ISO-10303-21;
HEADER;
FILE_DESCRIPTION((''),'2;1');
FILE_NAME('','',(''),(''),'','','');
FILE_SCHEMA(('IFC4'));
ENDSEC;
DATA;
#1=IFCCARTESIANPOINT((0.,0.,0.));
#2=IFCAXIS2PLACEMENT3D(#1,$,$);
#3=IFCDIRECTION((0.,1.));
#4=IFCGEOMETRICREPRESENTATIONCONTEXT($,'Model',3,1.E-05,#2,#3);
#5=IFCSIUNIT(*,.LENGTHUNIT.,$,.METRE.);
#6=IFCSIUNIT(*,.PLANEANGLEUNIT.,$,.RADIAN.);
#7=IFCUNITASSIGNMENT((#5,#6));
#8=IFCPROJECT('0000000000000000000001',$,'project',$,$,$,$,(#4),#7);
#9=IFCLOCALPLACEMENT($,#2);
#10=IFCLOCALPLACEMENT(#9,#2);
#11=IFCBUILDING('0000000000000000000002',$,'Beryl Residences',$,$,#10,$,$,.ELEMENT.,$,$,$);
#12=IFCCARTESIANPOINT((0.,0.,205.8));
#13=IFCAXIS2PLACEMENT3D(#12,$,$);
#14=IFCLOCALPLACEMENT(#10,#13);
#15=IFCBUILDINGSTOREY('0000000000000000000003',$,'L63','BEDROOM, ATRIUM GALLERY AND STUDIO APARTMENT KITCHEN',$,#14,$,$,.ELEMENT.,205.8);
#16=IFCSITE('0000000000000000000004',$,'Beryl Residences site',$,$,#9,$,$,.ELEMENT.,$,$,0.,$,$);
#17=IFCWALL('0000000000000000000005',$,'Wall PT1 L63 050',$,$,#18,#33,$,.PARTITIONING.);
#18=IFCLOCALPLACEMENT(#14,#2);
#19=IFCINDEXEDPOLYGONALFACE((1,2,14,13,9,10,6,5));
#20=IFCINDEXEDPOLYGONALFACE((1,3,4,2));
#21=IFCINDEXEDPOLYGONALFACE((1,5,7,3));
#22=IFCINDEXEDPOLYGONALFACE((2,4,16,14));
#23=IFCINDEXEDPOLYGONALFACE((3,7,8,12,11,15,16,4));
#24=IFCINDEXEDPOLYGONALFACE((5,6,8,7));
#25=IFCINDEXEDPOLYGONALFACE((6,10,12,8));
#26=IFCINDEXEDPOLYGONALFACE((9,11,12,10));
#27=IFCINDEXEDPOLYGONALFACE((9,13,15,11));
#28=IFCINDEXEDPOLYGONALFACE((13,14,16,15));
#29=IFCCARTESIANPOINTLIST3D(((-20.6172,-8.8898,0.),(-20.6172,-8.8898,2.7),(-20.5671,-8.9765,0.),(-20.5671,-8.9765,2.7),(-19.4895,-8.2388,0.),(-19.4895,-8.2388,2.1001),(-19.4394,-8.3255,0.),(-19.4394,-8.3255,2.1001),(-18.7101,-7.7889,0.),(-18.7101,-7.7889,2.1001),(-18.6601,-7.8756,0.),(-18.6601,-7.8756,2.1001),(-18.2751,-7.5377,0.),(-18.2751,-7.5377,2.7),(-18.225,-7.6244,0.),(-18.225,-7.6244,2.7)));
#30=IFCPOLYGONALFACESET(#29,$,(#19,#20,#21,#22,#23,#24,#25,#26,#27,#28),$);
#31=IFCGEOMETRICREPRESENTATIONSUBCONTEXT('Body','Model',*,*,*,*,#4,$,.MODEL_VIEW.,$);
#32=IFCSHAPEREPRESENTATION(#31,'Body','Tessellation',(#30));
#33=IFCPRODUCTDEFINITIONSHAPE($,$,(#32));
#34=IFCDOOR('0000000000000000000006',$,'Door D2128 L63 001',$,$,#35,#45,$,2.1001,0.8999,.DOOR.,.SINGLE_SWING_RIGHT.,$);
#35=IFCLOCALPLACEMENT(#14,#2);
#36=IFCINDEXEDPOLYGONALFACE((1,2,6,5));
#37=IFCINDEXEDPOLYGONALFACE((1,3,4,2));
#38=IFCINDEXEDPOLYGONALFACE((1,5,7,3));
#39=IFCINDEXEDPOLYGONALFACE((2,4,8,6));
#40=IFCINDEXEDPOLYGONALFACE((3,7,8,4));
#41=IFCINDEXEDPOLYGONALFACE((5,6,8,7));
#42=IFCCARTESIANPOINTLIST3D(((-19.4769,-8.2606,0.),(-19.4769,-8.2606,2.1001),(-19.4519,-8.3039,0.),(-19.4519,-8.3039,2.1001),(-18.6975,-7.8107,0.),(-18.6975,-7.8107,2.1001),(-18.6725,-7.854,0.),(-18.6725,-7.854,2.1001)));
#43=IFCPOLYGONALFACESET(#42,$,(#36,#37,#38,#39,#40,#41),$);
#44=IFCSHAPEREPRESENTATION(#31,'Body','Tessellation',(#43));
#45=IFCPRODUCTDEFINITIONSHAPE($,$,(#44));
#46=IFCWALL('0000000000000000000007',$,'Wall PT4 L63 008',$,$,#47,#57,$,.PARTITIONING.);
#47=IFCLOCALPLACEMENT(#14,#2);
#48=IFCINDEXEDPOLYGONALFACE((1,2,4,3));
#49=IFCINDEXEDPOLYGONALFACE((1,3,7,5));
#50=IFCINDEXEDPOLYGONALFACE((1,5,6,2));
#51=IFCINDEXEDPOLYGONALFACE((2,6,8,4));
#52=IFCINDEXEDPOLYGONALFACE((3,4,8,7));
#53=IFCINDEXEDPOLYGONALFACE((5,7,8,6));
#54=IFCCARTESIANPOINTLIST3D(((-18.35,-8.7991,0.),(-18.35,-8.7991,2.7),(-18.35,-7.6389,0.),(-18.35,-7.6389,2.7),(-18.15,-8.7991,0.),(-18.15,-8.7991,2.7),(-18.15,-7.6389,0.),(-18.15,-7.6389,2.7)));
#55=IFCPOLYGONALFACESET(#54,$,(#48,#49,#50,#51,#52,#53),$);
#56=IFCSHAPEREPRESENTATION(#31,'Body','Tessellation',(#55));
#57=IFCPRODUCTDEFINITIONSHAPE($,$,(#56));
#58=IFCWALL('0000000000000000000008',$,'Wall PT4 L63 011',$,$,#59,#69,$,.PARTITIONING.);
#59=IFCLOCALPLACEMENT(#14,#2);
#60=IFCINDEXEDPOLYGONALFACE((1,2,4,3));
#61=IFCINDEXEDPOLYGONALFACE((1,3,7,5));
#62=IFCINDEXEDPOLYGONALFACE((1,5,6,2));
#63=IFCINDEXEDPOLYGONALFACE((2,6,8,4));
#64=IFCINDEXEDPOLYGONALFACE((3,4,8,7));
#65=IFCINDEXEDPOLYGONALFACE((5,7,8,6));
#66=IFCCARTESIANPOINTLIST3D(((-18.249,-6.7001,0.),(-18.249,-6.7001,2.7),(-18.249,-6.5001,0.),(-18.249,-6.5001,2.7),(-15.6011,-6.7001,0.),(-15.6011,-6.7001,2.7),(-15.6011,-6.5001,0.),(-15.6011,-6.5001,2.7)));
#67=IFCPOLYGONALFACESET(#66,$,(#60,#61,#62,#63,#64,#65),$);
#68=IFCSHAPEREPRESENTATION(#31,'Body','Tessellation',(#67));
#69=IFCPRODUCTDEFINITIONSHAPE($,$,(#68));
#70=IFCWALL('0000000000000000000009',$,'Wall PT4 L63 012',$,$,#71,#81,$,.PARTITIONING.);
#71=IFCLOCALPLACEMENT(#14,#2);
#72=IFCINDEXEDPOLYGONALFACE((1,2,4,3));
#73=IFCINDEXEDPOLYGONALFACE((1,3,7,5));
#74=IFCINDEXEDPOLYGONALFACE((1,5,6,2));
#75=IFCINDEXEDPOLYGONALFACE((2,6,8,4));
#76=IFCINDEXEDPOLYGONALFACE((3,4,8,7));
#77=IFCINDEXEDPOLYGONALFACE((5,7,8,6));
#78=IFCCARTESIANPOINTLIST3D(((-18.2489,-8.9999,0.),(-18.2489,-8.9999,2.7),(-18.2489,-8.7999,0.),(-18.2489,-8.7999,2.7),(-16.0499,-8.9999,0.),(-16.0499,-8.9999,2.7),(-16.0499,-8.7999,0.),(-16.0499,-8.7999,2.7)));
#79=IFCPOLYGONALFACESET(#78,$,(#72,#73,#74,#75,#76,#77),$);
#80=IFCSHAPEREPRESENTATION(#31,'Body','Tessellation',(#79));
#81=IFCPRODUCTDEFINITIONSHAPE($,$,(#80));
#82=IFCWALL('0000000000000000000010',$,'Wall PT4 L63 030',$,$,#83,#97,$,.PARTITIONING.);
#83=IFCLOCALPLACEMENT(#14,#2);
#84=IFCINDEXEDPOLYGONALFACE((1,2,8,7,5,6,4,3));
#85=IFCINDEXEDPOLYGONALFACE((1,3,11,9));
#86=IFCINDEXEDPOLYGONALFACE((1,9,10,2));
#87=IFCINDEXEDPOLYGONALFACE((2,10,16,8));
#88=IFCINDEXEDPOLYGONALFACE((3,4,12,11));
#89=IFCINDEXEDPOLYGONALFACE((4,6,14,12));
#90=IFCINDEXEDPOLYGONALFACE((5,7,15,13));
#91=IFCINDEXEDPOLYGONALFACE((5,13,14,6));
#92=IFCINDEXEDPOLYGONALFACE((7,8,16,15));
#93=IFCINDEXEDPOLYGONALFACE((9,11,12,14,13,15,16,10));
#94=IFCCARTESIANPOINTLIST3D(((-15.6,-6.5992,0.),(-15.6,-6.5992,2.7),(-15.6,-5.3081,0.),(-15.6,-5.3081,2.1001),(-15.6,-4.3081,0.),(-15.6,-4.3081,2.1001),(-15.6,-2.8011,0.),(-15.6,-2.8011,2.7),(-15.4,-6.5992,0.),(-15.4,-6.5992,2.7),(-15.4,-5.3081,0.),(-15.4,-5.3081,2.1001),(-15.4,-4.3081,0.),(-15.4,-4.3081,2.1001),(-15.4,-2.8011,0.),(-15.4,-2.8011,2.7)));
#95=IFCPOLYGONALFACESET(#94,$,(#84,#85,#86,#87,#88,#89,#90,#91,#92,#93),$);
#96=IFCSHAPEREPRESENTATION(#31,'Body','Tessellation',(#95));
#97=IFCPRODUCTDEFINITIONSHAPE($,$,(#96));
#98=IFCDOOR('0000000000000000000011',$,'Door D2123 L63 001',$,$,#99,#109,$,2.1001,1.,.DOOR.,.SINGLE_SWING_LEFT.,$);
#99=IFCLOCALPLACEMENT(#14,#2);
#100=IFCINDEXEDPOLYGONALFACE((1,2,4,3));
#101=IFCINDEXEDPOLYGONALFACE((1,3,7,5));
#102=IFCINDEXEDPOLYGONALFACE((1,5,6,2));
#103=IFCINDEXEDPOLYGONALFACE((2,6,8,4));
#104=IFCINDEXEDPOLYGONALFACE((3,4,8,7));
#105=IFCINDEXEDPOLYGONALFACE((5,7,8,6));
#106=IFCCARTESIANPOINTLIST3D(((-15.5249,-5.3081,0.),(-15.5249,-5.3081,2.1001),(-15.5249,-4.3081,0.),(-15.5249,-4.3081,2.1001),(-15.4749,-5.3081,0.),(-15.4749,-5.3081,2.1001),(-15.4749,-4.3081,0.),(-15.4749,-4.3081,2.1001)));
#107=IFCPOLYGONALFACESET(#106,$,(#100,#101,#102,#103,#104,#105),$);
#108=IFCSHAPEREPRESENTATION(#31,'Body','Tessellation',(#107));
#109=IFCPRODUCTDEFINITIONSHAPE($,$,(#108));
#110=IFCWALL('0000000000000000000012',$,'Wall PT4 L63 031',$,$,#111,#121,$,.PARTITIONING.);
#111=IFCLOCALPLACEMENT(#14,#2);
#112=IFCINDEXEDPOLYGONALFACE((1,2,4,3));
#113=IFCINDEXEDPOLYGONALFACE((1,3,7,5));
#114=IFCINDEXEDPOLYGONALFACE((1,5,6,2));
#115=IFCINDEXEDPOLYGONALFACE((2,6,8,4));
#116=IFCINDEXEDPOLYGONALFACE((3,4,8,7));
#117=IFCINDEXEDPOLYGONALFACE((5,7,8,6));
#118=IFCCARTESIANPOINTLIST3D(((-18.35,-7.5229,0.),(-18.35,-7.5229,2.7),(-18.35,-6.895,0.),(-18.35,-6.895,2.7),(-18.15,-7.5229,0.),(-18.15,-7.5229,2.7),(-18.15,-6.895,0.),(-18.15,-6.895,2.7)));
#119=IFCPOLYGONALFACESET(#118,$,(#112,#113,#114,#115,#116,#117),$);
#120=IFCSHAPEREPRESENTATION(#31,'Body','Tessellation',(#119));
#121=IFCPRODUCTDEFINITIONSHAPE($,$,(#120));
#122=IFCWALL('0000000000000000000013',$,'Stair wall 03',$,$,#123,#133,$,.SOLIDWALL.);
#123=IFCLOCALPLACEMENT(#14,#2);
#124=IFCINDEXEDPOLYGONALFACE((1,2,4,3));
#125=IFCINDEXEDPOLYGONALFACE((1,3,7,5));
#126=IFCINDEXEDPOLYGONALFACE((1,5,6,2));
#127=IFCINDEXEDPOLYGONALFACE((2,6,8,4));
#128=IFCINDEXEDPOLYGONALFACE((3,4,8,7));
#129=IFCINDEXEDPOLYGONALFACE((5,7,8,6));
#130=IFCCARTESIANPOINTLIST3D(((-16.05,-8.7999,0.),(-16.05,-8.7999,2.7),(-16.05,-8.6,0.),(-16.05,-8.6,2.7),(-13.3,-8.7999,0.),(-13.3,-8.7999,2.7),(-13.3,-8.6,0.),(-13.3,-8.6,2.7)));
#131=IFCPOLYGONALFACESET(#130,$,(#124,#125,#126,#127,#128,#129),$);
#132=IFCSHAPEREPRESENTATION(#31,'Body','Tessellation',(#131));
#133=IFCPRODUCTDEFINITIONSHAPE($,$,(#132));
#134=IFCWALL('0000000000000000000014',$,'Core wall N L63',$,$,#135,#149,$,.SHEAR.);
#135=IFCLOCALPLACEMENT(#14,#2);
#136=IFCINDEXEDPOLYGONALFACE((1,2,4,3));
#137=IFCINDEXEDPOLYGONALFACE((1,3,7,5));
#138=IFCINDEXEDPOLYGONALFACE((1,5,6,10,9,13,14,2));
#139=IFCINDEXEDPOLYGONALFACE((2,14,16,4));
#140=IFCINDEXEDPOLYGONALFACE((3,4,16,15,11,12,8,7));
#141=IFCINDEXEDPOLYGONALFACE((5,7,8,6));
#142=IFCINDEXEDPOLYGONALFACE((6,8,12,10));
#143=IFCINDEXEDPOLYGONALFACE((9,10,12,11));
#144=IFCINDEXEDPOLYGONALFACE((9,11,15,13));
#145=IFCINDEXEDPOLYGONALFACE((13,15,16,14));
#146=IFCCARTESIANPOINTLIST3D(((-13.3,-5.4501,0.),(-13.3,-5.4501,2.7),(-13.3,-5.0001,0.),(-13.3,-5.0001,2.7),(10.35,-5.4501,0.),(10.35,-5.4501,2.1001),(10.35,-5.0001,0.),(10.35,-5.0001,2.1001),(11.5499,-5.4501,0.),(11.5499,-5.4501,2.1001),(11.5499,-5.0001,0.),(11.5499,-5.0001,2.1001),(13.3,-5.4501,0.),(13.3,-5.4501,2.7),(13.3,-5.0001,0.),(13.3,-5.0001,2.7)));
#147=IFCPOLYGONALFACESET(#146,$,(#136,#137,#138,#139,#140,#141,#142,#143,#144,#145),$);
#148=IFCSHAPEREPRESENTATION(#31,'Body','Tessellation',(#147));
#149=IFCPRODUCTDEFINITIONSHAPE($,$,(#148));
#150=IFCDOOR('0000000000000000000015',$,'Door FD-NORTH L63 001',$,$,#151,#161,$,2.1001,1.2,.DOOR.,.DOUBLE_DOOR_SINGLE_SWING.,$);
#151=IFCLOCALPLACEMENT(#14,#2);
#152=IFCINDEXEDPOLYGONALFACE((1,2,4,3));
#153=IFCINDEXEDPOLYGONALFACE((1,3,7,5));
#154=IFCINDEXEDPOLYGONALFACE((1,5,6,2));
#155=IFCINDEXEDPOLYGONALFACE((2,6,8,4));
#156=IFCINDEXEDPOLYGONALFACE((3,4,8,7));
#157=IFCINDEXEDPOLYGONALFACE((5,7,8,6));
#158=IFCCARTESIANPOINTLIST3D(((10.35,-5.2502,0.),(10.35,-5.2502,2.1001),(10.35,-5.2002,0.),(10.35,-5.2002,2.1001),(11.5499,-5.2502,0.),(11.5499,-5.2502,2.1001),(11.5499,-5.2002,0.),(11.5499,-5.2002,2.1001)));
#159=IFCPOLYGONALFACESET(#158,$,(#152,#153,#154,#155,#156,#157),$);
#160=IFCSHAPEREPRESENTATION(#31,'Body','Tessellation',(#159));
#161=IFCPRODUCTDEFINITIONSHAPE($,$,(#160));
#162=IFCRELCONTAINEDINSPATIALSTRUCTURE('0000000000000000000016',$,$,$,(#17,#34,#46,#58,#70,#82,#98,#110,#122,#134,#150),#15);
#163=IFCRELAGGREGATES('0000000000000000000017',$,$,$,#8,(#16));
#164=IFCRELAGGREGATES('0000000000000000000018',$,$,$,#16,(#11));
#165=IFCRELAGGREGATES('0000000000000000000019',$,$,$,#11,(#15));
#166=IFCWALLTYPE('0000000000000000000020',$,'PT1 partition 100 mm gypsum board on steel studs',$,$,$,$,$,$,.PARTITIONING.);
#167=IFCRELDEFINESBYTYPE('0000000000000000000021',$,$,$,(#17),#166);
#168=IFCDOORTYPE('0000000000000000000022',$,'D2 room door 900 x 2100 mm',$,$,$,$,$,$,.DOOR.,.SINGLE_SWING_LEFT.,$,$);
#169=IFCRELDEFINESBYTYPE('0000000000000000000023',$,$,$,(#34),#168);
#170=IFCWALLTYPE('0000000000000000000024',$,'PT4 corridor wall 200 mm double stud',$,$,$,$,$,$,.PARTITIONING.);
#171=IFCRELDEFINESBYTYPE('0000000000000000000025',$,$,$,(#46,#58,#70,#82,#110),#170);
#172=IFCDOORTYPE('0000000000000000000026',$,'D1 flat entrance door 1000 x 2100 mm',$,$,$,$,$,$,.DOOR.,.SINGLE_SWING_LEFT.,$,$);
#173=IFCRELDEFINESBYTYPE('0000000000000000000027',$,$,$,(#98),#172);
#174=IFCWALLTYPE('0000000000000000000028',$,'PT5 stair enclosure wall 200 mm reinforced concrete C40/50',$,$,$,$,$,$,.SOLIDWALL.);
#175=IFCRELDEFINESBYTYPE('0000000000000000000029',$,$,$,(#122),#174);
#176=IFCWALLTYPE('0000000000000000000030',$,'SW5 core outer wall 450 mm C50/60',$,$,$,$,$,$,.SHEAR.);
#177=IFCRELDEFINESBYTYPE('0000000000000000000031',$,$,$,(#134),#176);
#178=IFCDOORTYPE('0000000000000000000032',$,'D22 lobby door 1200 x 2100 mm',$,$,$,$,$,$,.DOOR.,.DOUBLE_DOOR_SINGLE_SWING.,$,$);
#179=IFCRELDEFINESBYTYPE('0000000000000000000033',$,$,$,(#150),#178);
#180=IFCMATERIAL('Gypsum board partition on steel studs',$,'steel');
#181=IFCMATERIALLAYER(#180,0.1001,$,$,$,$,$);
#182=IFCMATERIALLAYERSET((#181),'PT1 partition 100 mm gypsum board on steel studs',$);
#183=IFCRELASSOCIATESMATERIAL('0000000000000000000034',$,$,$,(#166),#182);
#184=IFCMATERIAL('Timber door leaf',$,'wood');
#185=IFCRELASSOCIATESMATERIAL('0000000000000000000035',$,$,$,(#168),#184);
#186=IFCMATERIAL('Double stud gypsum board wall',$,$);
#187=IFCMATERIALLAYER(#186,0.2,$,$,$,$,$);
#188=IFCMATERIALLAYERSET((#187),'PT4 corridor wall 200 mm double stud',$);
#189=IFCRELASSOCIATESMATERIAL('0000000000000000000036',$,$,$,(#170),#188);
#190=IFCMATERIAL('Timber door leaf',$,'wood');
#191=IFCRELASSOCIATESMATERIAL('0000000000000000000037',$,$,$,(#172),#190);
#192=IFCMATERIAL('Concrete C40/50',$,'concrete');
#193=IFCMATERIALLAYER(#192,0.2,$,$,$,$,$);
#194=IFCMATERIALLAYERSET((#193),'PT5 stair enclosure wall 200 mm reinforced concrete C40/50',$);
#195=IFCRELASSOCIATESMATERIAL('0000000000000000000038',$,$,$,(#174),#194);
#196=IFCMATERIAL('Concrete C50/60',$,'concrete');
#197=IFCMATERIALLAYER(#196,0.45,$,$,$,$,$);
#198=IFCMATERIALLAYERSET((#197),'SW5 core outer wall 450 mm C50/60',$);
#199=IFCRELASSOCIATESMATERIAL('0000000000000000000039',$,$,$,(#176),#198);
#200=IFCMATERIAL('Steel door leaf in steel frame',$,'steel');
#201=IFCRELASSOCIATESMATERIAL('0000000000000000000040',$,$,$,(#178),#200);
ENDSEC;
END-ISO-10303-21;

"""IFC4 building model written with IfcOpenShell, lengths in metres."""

from ifc_helpers import new_model, si_unit, direction, frame, frame_2d, origin, place, context, subcontext, project, spatial, rectangle, extrude, material, layer, layer_set, type_object, element, fill, save


model = new_model("IFC4")

# Units and contexts
model_context = context("Model", 3, precision=1e-05, world=origin(), true_north=direction((0.0, 1.0)))
body_context = subcontext(model_context, "Body", "Model", "MODEL_VIEW")
ifc_project = project(units=[si_unit("LENGTHUNIT", "METRE"), si_unit("PLANEANGLEUNIT", "RADIAN")], contexts=[model_context])

# Site, building, storey
site_placement = place(None, origin())
site = spatial("IfcSite", under=ifc_project, at=site_placement, Name="Beryl Residences site", CompositionType="ELEMENT", RefElevation=0.0)
building_placement = place(site_placement, origin())
building = spatial("IfcBuilding", under=site, at=building_placement, Name="Beryl Residences", CompositionType="ELEMENT")
storey_placement = place(building_placement, frame((0.0, 0.0, 205.8)))
storey = spatial("IfcBuildingStorey", under=building, at=storey_placement, Name="L63", Description="BEDROOM, ATRIUM GALLERY AND STUDIO APARTMENT KITCHEN", CompositionType="ELEMENT", Elevation=205.8)

# Shared definitions
ifc_material_1 = material(Name="Gypsum board partition on steel studs", Category="steel")
ifc_layer_1 = layer(ifc_material_1, 0.1001)
ifc_layer_set_1 = layer_set([ifc_layer_1], Name="PT1 partition 100 mm gypsum board on steel studs")
wall_type_1 = type_object("IfcWallType", Name="PT1 partition 100 mm gypsum board on steel studs", PredefinedType="PARTITIONING", material=ifc_layer_set_1)

# Wall, opening, door
ifc_material_2 = material(Name="Timber door leaf", Category="wood")
door_type_1 = type_object("IfcDoorType", Name="D2 room door 900 x 2100 mm", OperationType="SINGLE_SWING_LEFT", PredefinedType="DOOR", material=ifc_material_2)
wall_1_placement = place(storey_placement, frame((-20.592, -8.9331, 0.0), z_axis=(0.0, 0.0, 1.0), x_axis=(0.866046, 0.499965, 0.0)))
wall_1 = element("IfcWall", 1, at=wall_1_placement, inside=storey, type_object=wall_type_1, Name="Wall PT1 L63 050", PredefinedType="PARTITIONING", context=body_context, shape_type="SweptSolid", body=[
    extrude(rectangle(XDim=2.7043, YDim=0.1001, at=frame_2d((1.3521, 0.0))), origin(), (0.0, 0.0, 1.0), 2.7),
])
opening_1_placement = place(wall_1_placement, frame((1.302, 0.0, 0.0)))
opening_1 = element("IfcOpeningElement", 2, at=opening_1_placement, cuts=wall_1, PredefinedType="OPENING", context=body_context, shape_type="SweptSolid", body=[
    extrude(rectangle(XDim=0.8999, YDim=2.1001, at=frame_2d((0.45, 1.05))), frame((0.0, 0.0601, 0.0), z_axis=(0.0, -1.0, 0.0), x_axis=(1.0, 0.0, 0.0)), (0.0, 0.0, 1.0), 0.1201),
])
door_1_placement = place(opening_1_placement, origin())
door_1 = element("IfcDoor", 3, at=door_1_placement, inside=storey, type_object=door_type_1, Name="Door D2128 L63 001", OperationType="SINGLE_SWING_RIGHT", OverallHeight=2.1001, OverallWidth=0.8999, PredefinedType="DOOR", context=body_context, shape_type="SweptSolid", body=[
    extrude(rectangle(XDim=0.8999, YDim=2.1001, at=frame_2d((0.45, 1.05))), frame((0.0, 0.0249, 0.0), z_axis=(0.0, -1.0, 0.0), x_axis=(1.0, 0.0, 0.0)), (0.0, 0.0, 1.0), 0.05),
])
fill(opening_1, door_1)

# Walls
ifc_material_3 = material(Name="Double stud gypsum board wall")
ifc_layer_2 = layer(ifc_material_3, 0.2)
ifc_layer_set_2 = layer_set([ifc_layer_2], Name="PT4 corridor wall 200 mm double stud")
wall_type_2 = type_object("IfcWallType", Name="PT4 corridor wall 200 mm double stud", PredefinedType="PARTITIONING", material=ifc_layer_set_2)
wall_2_placement = place(storey_placement, frame((-18.25, -7.6389, 0.0), z_axis=(0.0, 0.0, 1.0), x_axis=(0.0, -1.0, 0.0)))
element("IfcWall", 4, at=wall_2_placement, inside=storey, type_object=wall_type_2, Name="Wall PT4 L63 008", PredefinedType="PARTITIONING", context=body_context, shape_type="SweptSolid", body=[
    extrude(rectangle(XDim=1.1602, YDim=0.2, at=frame_2d((0.5801, 0.0))), origin(), (0.0, 0.0, 1.0), 2.7),
])
wall_3_placement = place(storey_placement, frame((-18.249, -6.6001, 0.0), z_axis=(0.0, 0.0, 1.0), x_axis=(1.0, 0.0, 0.0)))
element("IfcWall", 5, at=wall_3_placement, inside=storey, type_object=wall_type_2, Name="Wall PT4 L63 011", PredefinedType="PARTITIONING", context=body_context, shape_type="SweptSolid", body=[
    extrude(rectangle(XDim=2.6479, YDim=0.2, at=frame_2d((1.324, 0.0))), origin(), (0.0, 0.0, 1.0), 2.7),
])
wall_4_placement = place(storey_placement, frame((-18.249, -8.8999, 0.0), z_axis=(0.0, 0.0, 1.0), x_axis=(1.0, 0.0, 0.0)))
element("IfcWall", 6, at=wall_4_placement, inside=storey, type_object=wall_type_2, Name="Wall PT4 L63 012", PredefinedType="PARTITIONING", context=body_context, shape_type="SweptSolid", body=[
    extrude(rectangle(XDim=2.199, YDim=0.2, at=frame_2d((1.0996, 0.0))), origin(), (0.0, 0.0, 1.0), 2.7),
])

# Wall, opening, door
wall_5_placement = place(storey_placement, frame((-15.5, -6.5991, 0.0), z_axis=(0.0, 0.0, 1.0), x_axis=(0.0, 1.0, 0.0)))
wall_5 = element("IfcWall", 7, at=wall_5_placement, inside=storey, type_object=wall_type_2, Name="Wall PT4 L63 030", PredefinedType="PARTITIONING", context=body_context, shape_type="SweptSolid", body=[
    extrude(rectangle(XDim=3.7981, YDim=0.2, at=frame_2d((1.8989, 0.0))), origin(), (0.0, 0.0, 1.0), 2.7),
])
opening_2_placement = place(wall_5_placement, frame((1.291, 0.0, 0.0)))
opening_2 = element("IfcOpeningElement", 8, at=opening_2_placement, cuts=wall_5, PredefinedType="OPENING", context=body_context, shape_type="SweptSolid", body=[
    extrude(rectangle(XDim=1.0, YDim=2.1001, at=frame_2d((0.5, 1.05))), frame((0.0, 0.1099, 0.0), z_axis=(0.0, -1.0, 0.0), x_axis=(1.0, 0.0, 0.0)), (0.0, 0.0, 1.0), 0.22),
])
ifc_material_4 = material(Name="Timber door leaf", Category="wood")
door_type_2 = type_object("IfcDoorType", Name="D1 flat entrance door 1000 x 2100 mm", OperationType="SINGLE_SWING_LEFT", PredefinedType="DOOR", material=ifc_material_4)
door_2_placement = place(opening_2_placement, origin())
door_2 = element("IfcDoor", 9, at=door_2_placement, inside=storey, type_object=door_type_2, Name="Door D2123 L63 001", OperationType="SINGLE_SWING_LEFT", OverallHeight=2.1001, OverallWidth=1.0, PredefinedType="DOOR", context=body_context, shape_type="SweptSolid", body=[
    extrude(rectangle(XDim=1.0, YDim=2.1001, at=frame_2d((0.5, 1.05))), frame((0.0, 0.0249, 0.0), z_axis=(0.0, -1.0, 0.0), x_axis=(1.0, 0.0, 0.0)), (0.0, 0.0, 1.0), 0.05),
])
fill(opening_2, door_2)

# Walls
wall_6_placement = place(storey_placement, frame((-18.25, -7.5229, 0.0), z_axis=(0.0, 0.0, 1.0), x_axis=(0.0, 1.0, 0.0)))
element("IfcWall", 10, at=wall_6_placement, inside=storey, type_object=wall_type_2, Name="Wall PT4 L63 031", PredefinedType="PARTITIONING", context=body_context, shape_type="SweptSolid", body=[
    extrude(rectangle(XDim=0.6279, YDim=0.2, at=frame_2d((0.314, 0.0))), origin(), (0.0, 0.0, 1.0), 2.7),
])
ifc_material_5 = material(Name="Concrete C40/50", Category="concrete")
ifc_layer_3 = layer(ifc_material_5, 0.2)
ifc_layer_set_3 = layer_set([ifc_layer_3], Name="PT5 stair enclosure wall 200 mm reinforced concrete C40/50")
wall_type_3 = type_object("IfcWallType", Name="PT5 stair enclosure wall 200 mm reinforced concrete C40/50", PredefinedType="SOLIDWALL", material=ifc_layer_set_3)
wall_7_placement = place(storey_placement, frame((-16.05, -8.7, 0.0), z_axis=(0.0, 0.0, 1.0), x_axis=(1.0, 0.0, 0.0)))
element("IfcWall", 11, at=wall_7_placement, inside=storey, type_object=wall_type_3, Name="Stair wall 03", PredefinedType="SOLIDWALL", context=body_context, shape_type="SweptSolid", body=[
    extrude(rectangle(XDim=2.75, YDim=0.2, at=frame_2d((1.375, 0.0))), origin(), (0.0, 0.0, 1.0), 2.7),
])

# Wall, opening, door
ifc_material_6 = material(Name="Concrete C50/60", Category="concrete")
ifc_layer_4 = layer(ifc_material_6, 0.45)
ifc_layer_set_4 = layer_set([ifc_layer_4], Name="SW5 core outer wall 450 mm C50/60")
wall_type_4 = type_object("IfcWallType", Name="SW5 core outer wall 450 mm C50/60", PredefinedType="SHEAR", material=ifc_layer_set_4)
wall_8_placement = place(storey_placement, frame((-13.3, -5.2251, 0.0), z_axis=(0.0, 0.0, 1.0), x_axis=(1.0, 0.0, 0.0)))
wall_8 = element("IfcWall", 12, at=wall_8_placement, inside=storey, type_object=wall_type_4, Name="Core wall N L63", PredefinedType="SHEAR", context=body_context, shape_type="SweptSolid", body=[
    extrude(rectangle(XDim=26.6001, YDim=0.45, at=frame_2d((13.3, 0.0))), origin(), (0.0, 0.0, 1.0), 2.7),
])
opening_3_placement = place(wall_8_placement, frame((23.6499, 0.0, 0.0)))
opening_3 = element("IfcOpeningElement", 13, at=opening_3_placement, cuts=wall_8, PredefinedType="OPENING", context=body_context, shape_type="SweptSolid", body=[
    extrude(rectangle(XDim=1.2, YDim=2.1001, at=frame_2d((0.6001, 1.05))), frame((0.0, 0.2349, 0.0), z_axis=(0.0, -1.0, 0.0), x_axis=(1.0, 0.0, 0.0)), (0.0, 0.0, 1.0), 0.47),
])
ifc_material_7 = material(Name="Steel door leaf in steel frame", Category="steel")
door_type_3 = type_object("IfcDoorType", Name="D22 lobby door 1200 x 2100 mm", OperationType="DOUBLE_DOOR_SINGLE_SWING", PredefinedType="DOOR", material=ifc_material_7)
door_3_placement = place(opening_3_placement, origin())
door_3 = element("IfcDoor", 14, at=door_3_placement, inside=storey, type_object=door_type_3, Name="Door FD-NORTH L63 001", OperationType="DOUBLE_DOOR_SINGLE_SWING", OverallHeight=2.1001, OverallWidth=1.2, PredefinedType="DOOR", context=body_context, shape_type="SweptSolid", body=[
    extrude(rectangle(XDim=1.2, YDim=2.1001, at=frame_2d((0.6001, 1.05))), frame((0.0, 0.0249, 0.0), z_axis=(0.0, -1.0, 0.0), x_axis=(1.0, 0.0, 0.0)), (0.0, 0.0, 1.0), 0.05),
])
fill(opening_3, door_3)

save(model, "model.ifc")
